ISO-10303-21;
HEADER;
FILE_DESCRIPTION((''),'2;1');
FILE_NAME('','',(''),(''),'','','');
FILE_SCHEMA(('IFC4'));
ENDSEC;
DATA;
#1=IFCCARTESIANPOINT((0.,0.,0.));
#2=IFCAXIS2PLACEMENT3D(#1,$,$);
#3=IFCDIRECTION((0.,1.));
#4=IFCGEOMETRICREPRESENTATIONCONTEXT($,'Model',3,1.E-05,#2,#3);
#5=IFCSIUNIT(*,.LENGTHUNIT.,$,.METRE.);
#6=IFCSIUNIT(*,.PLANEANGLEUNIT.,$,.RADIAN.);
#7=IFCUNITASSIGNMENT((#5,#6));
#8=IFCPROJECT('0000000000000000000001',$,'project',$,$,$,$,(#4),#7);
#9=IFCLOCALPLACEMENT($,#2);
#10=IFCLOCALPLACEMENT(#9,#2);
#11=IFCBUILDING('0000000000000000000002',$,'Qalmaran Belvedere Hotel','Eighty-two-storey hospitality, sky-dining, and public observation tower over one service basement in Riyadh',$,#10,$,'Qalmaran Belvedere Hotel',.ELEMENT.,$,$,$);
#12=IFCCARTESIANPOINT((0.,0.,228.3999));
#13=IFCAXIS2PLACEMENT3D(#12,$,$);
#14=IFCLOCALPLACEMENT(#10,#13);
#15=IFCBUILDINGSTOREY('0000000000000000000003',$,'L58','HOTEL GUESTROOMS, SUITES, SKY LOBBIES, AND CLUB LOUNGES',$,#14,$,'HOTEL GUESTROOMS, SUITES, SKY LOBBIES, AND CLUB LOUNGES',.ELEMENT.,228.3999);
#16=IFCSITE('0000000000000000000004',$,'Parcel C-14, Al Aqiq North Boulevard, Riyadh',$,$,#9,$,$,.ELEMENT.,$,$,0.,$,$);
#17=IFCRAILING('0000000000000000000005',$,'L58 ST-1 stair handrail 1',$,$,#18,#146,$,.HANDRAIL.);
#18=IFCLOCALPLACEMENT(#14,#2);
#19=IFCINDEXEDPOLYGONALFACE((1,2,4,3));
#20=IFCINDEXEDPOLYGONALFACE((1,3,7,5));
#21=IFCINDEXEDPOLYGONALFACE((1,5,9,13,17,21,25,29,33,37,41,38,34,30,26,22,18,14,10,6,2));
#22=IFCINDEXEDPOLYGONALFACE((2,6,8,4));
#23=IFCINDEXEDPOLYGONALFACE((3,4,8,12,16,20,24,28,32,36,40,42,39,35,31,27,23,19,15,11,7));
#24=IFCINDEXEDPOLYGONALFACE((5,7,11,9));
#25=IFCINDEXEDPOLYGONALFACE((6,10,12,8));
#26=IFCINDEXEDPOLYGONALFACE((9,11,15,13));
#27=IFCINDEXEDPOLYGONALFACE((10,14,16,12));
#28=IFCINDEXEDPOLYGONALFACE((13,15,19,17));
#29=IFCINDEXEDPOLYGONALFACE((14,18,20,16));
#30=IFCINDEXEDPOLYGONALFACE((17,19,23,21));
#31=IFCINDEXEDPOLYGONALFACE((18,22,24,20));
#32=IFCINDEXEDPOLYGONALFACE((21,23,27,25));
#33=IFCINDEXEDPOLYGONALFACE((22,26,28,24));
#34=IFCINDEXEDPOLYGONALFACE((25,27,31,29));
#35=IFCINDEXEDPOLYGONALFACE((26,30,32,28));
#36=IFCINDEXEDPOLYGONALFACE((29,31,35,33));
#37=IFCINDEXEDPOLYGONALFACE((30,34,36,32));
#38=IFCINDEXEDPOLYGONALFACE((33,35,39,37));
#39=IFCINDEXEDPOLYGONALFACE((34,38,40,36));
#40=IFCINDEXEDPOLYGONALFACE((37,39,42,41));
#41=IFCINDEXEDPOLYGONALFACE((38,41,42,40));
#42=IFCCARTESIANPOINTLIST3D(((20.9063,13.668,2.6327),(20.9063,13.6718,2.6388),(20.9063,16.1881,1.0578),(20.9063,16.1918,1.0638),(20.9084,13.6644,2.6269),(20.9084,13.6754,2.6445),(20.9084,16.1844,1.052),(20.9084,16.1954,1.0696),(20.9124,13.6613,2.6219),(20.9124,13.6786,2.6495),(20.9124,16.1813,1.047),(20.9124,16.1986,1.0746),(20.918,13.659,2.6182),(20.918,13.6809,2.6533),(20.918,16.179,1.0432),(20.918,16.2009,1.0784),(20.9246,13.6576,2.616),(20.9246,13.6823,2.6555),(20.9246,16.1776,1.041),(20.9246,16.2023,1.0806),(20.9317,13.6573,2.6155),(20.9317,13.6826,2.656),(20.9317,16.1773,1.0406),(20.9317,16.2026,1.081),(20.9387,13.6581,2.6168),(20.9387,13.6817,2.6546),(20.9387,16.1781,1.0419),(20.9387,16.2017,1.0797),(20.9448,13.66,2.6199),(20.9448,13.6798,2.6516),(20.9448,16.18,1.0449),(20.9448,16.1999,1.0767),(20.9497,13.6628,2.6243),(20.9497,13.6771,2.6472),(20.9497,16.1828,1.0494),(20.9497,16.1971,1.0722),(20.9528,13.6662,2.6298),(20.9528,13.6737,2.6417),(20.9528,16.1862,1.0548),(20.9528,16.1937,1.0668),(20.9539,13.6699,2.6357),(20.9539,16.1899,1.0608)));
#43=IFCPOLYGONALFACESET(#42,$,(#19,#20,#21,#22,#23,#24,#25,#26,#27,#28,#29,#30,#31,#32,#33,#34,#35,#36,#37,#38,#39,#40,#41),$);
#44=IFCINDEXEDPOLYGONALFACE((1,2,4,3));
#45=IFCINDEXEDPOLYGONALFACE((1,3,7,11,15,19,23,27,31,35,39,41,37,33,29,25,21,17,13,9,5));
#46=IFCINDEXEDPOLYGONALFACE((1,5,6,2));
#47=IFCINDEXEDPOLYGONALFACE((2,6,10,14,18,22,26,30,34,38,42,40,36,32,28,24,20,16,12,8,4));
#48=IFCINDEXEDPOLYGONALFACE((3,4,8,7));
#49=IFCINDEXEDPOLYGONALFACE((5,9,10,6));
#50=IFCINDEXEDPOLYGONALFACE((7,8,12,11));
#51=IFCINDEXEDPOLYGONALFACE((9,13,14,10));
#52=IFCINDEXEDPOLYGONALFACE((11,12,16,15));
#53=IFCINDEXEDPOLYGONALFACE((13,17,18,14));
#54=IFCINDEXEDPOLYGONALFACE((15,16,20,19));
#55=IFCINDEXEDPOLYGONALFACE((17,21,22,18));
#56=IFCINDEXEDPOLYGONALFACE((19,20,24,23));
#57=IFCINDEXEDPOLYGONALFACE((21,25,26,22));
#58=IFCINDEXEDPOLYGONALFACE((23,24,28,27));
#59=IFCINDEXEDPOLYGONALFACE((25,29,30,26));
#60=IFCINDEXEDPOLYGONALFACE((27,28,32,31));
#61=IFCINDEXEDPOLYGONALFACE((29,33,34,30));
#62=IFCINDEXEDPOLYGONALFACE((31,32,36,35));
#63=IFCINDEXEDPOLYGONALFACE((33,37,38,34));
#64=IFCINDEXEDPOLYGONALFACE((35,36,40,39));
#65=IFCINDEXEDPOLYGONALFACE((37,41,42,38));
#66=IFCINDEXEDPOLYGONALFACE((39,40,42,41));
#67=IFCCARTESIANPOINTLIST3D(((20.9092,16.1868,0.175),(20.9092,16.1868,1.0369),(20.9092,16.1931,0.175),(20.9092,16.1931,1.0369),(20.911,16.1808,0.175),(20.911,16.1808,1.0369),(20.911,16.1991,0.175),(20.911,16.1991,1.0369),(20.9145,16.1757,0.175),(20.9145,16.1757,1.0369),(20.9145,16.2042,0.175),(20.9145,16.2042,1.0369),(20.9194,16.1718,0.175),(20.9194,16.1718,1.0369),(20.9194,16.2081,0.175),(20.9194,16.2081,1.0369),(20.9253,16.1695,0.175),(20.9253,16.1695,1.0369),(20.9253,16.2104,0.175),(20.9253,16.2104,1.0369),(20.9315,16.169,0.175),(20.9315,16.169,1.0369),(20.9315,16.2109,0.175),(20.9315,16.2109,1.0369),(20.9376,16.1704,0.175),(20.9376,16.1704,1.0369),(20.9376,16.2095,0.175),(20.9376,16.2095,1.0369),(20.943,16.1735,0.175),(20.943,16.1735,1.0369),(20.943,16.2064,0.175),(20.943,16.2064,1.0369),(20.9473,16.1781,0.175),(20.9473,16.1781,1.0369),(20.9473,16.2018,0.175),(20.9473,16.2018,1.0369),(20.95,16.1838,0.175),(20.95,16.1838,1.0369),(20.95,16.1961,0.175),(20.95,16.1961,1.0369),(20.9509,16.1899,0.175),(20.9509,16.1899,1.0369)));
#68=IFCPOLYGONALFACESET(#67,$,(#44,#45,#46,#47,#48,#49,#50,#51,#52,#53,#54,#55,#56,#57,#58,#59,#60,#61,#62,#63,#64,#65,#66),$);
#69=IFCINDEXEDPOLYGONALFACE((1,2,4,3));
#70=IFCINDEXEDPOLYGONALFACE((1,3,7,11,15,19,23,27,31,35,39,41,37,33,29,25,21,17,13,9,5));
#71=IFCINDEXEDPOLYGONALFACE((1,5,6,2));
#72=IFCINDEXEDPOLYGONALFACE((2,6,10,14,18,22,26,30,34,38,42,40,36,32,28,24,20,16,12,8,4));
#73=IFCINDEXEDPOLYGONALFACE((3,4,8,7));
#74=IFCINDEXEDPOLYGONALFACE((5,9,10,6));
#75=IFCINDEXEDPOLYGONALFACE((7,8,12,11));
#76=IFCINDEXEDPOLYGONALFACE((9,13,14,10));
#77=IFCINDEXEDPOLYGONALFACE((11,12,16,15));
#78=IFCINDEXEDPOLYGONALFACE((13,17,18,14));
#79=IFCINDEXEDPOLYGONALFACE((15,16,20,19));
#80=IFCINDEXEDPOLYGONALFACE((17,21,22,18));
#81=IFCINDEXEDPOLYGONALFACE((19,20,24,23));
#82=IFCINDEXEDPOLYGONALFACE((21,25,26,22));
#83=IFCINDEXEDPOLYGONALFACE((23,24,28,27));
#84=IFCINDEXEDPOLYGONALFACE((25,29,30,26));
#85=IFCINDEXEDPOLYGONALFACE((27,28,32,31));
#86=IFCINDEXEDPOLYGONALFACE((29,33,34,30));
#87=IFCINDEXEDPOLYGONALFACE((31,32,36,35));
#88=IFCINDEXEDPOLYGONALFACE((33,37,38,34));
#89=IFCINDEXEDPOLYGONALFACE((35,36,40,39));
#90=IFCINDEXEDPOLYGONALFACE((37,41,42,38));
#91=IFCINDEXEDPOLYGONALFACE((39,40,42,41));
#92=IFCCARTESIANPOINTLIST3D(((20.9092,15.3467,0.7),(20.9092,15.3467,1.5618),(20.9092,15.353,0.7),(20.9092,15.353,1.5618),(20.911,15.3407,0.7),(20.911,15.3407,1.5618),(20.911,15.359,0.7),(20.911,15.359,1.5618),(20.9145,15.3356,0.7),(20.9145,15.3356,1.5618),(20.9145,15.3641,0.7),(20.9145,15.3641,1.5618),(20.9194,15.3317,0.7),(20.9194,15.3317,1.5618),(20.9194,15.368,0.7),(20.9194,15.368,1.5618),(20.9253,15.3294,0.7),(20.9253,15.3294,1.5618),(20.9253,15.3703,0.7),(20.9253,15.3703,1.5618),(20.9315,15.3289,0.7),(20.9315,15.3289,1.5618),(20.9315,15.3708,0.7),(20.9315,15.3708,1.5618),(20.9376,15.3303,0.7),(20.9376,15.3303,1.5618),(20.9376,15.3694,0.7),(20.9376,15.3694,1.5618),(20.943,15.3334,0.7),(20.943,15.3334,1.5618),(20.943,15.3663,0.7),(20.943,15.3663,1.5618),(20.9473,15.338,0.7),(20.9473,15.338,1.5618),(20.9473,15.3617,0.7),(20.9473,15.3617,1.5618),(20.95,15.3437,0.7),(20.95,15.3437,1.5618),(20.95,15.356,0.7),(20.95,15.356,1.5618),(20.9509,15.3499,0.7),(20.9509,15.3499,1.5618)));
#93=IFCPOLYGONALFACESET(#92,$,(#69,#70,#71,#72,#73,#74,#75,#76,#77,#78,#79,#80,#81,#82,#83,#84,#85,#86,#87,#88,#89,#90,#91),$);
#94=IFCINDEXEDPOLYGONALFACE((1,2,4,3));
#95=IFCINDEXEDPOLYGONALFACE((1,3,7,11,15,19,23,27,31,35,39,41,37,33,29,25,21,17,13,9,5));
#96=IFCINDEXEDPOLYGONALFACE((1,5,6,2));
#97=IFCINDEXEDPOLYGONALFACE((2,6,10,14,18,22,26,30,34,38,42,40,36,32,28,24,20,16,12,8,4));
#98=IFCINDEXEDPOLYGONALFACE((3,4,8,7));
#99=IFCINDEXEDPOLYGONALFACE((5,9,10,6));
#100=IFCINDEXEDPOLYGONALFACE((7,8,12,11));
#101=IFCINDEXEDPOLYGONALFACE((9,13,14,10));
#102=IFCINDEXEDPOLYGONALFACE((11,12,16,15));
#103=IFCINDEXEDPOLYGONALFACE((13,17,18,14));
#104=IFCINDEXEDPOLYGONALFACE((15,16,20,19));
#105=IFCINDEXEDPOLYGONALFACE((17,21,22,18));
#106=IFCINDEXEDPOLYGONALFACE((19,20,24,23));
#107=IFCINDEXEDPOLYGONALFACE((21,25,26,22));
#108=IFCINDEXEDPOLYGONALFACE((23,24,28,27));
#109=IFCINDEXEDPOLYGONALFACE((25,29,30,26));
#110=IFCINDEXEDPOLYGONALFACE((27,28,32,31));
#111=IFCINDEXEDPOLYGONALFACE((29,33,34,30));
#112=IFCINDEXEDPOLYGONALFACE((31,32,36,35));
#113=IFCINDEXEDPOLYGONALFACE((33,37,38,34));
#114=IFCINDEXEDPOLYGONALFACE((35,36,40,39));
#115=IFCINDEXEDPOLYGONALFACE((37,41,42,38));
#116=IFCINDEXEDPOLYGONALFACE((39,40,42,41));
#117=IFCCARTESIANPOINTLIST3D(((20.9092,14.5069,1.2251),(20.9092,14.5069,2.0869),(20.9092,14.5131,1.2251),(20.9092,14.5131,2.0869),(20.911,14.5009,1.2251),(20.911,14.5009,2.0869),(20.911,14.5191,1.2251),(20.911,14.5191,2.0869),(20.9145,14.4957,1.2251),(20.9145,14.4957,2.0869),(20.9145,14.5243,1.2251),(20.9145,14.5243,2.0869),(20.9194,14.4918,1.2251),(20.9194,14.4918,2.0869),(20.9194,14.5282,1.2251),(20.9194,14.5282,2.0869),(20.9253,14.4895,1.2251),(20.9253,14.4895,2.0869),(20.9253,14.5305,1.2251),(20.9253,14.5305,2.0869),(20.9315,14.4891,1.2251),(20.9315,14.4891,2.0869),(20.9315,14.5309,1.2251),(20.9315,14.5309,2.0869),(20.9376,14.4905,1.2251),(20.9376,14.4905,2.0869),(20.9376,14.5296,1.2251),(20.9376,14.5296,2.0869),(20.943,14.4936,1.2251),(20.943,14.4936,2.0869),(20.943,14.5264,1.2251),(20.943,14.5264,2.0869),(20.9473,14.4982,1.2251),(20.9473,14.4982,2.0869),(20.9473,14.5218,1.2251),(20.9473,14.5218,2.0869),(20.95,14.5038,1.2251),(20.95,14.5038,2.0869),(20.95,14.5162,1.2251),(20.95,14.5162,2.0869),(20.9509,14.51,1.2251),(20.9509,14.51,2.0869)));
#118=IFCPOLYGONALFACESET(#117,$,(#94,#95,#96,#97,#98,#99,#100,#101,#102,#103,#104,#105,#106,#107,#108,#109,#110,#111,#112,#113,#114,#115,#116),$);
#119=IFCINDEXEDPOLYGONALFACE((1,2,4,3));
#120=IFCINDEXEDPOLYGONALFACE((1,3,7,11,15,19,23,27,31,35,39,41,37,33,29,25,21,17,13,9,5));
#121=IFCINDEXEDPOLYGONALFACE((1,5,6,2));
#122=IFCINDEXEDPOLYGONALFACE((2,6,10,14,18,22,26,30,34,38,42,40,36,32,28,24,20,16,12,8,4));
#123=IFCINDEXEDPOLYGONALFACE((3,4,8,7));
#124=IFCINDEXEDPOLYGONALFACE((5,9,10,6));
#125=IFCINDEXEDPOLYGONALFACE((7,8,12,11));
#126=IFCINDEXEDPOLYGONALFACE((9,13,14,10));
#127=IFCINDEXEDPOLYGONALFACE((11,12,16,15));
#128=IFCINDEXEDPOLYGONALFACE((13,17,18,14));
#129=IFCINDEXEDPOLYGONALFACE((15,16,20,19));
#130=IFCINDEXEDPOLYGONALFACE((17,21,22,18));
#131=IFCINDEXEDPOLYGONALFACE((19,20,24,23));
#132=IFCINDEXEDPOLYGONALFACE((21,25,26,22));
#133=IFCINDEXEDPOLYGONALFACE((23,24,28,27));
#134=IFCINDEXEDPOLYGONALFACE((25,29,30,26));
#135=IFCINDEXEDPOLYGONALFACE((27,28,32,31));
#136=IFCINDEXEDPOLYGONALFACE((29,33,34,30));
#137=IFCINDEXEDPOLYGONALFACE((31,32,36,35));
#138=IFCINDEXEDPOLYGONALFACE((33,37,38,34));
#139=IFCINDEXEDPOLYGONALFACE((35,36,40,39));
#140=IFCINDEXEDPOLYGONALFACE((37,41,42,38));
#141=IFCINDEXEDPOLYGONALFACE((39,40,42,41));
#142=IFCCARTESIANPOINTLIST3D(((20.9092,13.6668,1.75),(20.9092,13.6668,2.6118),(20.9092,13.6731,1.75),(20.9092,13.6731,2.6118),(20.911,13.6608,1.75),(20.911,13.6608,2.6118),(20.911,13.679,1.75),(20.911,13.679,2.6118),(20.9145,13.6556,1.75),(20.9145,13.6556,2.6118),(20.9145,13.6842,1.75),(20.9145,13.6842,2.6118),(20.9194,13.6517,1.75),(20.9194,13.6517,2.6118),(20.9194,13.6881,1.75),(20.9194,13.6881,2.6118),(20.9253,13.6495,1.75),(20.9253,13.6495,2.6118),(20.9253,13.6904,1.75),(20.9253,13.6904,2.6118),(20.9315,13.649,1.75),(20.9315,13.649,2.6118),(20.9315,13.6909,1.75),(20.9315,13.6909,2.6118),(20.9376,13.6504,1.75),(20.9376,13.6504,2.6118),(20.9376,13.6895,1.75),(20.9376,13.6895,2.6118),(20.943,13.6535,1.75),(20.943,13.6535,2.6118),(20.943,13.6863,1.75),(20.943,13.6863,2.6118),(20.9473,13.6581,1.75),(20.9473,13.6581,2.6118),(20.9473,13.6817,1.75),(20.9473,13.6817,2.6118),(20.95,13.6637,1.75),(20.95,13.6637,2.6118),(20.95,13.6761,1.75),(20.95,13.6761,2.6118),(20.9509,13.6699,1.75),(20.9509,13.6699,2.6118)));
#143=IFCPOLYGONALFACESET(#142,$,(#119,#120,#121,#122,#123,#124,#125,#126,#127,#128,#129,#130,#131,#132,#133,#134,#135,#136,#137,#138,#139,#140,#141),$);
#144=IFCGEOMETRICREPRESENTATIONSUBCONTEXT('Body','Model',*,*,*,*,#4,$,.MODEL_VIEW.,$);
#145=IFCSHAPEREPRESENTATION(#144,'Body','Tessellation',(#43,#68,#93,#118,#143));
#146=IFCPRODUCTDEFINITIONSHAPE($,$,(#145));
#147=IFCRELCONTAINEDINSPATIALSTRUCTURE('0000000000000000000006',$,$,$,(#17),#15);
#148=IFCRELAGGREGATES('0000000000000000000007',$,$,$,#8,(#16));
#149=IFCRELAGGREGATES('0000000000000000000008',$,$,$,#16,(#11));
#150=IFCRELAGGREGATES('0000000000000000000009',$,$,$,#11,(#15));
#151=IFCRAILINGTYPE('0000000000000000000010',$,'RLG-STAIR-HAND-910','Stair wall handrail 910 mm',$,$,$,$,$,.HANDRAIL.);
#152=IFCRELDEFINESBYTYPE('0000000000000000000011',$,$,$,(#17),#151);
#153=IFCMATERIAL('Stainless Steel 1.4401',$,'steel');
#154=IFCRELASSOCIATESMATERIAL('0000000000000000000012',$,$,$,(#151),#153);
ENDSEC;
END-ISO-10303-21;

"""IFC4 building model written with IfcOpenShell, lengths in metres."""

from ifc_helpers import new_model, si_unit, direction, frame, origin, origin_2d, place, context, subcontext, project, spatial, circle, extrude, material, type_object, element, save


model = new_model("IFC4")

# Units and contexts
model_context = context("Model", 3, precision=1e-05, world=origin(), true_north=direction((0.0, 1.0)))
body_context = subcontext(model_context, "Body", "Model", "MODEL_VIEW")
ifc_project = project(units=[si_unit("LENGTHUNIT", "METRE"), si_unit("PLANEANGLEUNIT", "RADIAN")], contexts=[model_context])

# Site, building, storey
site_placement = place(None, origin())
site = spatial("IfcSite", under=ifc_project, at=site_placement, Name="Parcel C-14, Al Aqiq North Boulevard, Riyadh", CompositionType="ELEMENT", RefElevation=0.0)
building_placement = place(site_placement, origin())
building = spatial("IfcBuilding", under=site, at=building_placement, Name="Qalmaran Belvedere Hotel", Description="Eighty-two-storey hospitality, sky-dining, and public observation tower over one service basement in Riyadh", LongName="Qalmaran Belvedere Hotel", CompositionType="ELEMENT")
storey_placement = place(building_placement, frame((0.0, 0.0, 228.3999)))
storey = spatial("IfcBuildingStorey", under=building, at=storey_placement, Name="L58", Description="HOTEL GUESTROOMS, SUITES, SKY LOBBIES, AND CLUB LOUNGES", LongName="HOTEL GUESTROOMS, SUITES, SKY LOBBIES, AND CLUB LOUNGES", CompositionType="ELEMENT", Elevation=228.3999)

# Shared definitions
ifc_material_1 = material(Name="Stainless Steel 1.4401", Category="steel")

# Railing
railing_type_1 = type_object("IfcRailingType", Name="RLG-STAIR-HAND-910", Description="Stair wall handrail 910 mm", PredefinedType="HANDRAIL", material=ifc_material_1)
railing_1_placement = place(storey_placement, frame((20.9299, 16.1899, 0.175)))
element("IfcRailing", 1, at=railing_1_placement, inside=storey, type_object=railing_type_1, Name="L58 ST-1 stair handrail 1", PredefinedType="HANDRAIL", context=body_context, shape_type="SweptSolid", body=[
    extrude(circle(Radius=0.0239, at=origin_2d()), frame((0.0, 0.0, 0.8857), z_axis=(0.0, -0.848008, 0.529984), x_axis=(1.0, 0.0, 0.0)), (0.0, 0.0, 1.0), 2.9717),
    extrude(circle(Radius=0.021, at=origin_2d()), origin(), (0.0, 0.0, 1.0), 0.8618),
    extrude(circle(Radius=0.021, at=origin_2d()), frame((0.0, -0.8401, 0.5249)), (0.0, 0.0, 1.0), 0.8618),
    extrude(circle(Radius=0.021, at=origin_2d()), frame((0.0, -1.6799, 1.05)), (0.0, 0.0, 1.0), 0.8618),
    extrude(circle(Radius=0.021, at=origin_2d()), frame((0.0, -2.52, 1.575)), (0.0, 0.0, 1.0), 0.8618),
])

save(model, "model.ifc")
